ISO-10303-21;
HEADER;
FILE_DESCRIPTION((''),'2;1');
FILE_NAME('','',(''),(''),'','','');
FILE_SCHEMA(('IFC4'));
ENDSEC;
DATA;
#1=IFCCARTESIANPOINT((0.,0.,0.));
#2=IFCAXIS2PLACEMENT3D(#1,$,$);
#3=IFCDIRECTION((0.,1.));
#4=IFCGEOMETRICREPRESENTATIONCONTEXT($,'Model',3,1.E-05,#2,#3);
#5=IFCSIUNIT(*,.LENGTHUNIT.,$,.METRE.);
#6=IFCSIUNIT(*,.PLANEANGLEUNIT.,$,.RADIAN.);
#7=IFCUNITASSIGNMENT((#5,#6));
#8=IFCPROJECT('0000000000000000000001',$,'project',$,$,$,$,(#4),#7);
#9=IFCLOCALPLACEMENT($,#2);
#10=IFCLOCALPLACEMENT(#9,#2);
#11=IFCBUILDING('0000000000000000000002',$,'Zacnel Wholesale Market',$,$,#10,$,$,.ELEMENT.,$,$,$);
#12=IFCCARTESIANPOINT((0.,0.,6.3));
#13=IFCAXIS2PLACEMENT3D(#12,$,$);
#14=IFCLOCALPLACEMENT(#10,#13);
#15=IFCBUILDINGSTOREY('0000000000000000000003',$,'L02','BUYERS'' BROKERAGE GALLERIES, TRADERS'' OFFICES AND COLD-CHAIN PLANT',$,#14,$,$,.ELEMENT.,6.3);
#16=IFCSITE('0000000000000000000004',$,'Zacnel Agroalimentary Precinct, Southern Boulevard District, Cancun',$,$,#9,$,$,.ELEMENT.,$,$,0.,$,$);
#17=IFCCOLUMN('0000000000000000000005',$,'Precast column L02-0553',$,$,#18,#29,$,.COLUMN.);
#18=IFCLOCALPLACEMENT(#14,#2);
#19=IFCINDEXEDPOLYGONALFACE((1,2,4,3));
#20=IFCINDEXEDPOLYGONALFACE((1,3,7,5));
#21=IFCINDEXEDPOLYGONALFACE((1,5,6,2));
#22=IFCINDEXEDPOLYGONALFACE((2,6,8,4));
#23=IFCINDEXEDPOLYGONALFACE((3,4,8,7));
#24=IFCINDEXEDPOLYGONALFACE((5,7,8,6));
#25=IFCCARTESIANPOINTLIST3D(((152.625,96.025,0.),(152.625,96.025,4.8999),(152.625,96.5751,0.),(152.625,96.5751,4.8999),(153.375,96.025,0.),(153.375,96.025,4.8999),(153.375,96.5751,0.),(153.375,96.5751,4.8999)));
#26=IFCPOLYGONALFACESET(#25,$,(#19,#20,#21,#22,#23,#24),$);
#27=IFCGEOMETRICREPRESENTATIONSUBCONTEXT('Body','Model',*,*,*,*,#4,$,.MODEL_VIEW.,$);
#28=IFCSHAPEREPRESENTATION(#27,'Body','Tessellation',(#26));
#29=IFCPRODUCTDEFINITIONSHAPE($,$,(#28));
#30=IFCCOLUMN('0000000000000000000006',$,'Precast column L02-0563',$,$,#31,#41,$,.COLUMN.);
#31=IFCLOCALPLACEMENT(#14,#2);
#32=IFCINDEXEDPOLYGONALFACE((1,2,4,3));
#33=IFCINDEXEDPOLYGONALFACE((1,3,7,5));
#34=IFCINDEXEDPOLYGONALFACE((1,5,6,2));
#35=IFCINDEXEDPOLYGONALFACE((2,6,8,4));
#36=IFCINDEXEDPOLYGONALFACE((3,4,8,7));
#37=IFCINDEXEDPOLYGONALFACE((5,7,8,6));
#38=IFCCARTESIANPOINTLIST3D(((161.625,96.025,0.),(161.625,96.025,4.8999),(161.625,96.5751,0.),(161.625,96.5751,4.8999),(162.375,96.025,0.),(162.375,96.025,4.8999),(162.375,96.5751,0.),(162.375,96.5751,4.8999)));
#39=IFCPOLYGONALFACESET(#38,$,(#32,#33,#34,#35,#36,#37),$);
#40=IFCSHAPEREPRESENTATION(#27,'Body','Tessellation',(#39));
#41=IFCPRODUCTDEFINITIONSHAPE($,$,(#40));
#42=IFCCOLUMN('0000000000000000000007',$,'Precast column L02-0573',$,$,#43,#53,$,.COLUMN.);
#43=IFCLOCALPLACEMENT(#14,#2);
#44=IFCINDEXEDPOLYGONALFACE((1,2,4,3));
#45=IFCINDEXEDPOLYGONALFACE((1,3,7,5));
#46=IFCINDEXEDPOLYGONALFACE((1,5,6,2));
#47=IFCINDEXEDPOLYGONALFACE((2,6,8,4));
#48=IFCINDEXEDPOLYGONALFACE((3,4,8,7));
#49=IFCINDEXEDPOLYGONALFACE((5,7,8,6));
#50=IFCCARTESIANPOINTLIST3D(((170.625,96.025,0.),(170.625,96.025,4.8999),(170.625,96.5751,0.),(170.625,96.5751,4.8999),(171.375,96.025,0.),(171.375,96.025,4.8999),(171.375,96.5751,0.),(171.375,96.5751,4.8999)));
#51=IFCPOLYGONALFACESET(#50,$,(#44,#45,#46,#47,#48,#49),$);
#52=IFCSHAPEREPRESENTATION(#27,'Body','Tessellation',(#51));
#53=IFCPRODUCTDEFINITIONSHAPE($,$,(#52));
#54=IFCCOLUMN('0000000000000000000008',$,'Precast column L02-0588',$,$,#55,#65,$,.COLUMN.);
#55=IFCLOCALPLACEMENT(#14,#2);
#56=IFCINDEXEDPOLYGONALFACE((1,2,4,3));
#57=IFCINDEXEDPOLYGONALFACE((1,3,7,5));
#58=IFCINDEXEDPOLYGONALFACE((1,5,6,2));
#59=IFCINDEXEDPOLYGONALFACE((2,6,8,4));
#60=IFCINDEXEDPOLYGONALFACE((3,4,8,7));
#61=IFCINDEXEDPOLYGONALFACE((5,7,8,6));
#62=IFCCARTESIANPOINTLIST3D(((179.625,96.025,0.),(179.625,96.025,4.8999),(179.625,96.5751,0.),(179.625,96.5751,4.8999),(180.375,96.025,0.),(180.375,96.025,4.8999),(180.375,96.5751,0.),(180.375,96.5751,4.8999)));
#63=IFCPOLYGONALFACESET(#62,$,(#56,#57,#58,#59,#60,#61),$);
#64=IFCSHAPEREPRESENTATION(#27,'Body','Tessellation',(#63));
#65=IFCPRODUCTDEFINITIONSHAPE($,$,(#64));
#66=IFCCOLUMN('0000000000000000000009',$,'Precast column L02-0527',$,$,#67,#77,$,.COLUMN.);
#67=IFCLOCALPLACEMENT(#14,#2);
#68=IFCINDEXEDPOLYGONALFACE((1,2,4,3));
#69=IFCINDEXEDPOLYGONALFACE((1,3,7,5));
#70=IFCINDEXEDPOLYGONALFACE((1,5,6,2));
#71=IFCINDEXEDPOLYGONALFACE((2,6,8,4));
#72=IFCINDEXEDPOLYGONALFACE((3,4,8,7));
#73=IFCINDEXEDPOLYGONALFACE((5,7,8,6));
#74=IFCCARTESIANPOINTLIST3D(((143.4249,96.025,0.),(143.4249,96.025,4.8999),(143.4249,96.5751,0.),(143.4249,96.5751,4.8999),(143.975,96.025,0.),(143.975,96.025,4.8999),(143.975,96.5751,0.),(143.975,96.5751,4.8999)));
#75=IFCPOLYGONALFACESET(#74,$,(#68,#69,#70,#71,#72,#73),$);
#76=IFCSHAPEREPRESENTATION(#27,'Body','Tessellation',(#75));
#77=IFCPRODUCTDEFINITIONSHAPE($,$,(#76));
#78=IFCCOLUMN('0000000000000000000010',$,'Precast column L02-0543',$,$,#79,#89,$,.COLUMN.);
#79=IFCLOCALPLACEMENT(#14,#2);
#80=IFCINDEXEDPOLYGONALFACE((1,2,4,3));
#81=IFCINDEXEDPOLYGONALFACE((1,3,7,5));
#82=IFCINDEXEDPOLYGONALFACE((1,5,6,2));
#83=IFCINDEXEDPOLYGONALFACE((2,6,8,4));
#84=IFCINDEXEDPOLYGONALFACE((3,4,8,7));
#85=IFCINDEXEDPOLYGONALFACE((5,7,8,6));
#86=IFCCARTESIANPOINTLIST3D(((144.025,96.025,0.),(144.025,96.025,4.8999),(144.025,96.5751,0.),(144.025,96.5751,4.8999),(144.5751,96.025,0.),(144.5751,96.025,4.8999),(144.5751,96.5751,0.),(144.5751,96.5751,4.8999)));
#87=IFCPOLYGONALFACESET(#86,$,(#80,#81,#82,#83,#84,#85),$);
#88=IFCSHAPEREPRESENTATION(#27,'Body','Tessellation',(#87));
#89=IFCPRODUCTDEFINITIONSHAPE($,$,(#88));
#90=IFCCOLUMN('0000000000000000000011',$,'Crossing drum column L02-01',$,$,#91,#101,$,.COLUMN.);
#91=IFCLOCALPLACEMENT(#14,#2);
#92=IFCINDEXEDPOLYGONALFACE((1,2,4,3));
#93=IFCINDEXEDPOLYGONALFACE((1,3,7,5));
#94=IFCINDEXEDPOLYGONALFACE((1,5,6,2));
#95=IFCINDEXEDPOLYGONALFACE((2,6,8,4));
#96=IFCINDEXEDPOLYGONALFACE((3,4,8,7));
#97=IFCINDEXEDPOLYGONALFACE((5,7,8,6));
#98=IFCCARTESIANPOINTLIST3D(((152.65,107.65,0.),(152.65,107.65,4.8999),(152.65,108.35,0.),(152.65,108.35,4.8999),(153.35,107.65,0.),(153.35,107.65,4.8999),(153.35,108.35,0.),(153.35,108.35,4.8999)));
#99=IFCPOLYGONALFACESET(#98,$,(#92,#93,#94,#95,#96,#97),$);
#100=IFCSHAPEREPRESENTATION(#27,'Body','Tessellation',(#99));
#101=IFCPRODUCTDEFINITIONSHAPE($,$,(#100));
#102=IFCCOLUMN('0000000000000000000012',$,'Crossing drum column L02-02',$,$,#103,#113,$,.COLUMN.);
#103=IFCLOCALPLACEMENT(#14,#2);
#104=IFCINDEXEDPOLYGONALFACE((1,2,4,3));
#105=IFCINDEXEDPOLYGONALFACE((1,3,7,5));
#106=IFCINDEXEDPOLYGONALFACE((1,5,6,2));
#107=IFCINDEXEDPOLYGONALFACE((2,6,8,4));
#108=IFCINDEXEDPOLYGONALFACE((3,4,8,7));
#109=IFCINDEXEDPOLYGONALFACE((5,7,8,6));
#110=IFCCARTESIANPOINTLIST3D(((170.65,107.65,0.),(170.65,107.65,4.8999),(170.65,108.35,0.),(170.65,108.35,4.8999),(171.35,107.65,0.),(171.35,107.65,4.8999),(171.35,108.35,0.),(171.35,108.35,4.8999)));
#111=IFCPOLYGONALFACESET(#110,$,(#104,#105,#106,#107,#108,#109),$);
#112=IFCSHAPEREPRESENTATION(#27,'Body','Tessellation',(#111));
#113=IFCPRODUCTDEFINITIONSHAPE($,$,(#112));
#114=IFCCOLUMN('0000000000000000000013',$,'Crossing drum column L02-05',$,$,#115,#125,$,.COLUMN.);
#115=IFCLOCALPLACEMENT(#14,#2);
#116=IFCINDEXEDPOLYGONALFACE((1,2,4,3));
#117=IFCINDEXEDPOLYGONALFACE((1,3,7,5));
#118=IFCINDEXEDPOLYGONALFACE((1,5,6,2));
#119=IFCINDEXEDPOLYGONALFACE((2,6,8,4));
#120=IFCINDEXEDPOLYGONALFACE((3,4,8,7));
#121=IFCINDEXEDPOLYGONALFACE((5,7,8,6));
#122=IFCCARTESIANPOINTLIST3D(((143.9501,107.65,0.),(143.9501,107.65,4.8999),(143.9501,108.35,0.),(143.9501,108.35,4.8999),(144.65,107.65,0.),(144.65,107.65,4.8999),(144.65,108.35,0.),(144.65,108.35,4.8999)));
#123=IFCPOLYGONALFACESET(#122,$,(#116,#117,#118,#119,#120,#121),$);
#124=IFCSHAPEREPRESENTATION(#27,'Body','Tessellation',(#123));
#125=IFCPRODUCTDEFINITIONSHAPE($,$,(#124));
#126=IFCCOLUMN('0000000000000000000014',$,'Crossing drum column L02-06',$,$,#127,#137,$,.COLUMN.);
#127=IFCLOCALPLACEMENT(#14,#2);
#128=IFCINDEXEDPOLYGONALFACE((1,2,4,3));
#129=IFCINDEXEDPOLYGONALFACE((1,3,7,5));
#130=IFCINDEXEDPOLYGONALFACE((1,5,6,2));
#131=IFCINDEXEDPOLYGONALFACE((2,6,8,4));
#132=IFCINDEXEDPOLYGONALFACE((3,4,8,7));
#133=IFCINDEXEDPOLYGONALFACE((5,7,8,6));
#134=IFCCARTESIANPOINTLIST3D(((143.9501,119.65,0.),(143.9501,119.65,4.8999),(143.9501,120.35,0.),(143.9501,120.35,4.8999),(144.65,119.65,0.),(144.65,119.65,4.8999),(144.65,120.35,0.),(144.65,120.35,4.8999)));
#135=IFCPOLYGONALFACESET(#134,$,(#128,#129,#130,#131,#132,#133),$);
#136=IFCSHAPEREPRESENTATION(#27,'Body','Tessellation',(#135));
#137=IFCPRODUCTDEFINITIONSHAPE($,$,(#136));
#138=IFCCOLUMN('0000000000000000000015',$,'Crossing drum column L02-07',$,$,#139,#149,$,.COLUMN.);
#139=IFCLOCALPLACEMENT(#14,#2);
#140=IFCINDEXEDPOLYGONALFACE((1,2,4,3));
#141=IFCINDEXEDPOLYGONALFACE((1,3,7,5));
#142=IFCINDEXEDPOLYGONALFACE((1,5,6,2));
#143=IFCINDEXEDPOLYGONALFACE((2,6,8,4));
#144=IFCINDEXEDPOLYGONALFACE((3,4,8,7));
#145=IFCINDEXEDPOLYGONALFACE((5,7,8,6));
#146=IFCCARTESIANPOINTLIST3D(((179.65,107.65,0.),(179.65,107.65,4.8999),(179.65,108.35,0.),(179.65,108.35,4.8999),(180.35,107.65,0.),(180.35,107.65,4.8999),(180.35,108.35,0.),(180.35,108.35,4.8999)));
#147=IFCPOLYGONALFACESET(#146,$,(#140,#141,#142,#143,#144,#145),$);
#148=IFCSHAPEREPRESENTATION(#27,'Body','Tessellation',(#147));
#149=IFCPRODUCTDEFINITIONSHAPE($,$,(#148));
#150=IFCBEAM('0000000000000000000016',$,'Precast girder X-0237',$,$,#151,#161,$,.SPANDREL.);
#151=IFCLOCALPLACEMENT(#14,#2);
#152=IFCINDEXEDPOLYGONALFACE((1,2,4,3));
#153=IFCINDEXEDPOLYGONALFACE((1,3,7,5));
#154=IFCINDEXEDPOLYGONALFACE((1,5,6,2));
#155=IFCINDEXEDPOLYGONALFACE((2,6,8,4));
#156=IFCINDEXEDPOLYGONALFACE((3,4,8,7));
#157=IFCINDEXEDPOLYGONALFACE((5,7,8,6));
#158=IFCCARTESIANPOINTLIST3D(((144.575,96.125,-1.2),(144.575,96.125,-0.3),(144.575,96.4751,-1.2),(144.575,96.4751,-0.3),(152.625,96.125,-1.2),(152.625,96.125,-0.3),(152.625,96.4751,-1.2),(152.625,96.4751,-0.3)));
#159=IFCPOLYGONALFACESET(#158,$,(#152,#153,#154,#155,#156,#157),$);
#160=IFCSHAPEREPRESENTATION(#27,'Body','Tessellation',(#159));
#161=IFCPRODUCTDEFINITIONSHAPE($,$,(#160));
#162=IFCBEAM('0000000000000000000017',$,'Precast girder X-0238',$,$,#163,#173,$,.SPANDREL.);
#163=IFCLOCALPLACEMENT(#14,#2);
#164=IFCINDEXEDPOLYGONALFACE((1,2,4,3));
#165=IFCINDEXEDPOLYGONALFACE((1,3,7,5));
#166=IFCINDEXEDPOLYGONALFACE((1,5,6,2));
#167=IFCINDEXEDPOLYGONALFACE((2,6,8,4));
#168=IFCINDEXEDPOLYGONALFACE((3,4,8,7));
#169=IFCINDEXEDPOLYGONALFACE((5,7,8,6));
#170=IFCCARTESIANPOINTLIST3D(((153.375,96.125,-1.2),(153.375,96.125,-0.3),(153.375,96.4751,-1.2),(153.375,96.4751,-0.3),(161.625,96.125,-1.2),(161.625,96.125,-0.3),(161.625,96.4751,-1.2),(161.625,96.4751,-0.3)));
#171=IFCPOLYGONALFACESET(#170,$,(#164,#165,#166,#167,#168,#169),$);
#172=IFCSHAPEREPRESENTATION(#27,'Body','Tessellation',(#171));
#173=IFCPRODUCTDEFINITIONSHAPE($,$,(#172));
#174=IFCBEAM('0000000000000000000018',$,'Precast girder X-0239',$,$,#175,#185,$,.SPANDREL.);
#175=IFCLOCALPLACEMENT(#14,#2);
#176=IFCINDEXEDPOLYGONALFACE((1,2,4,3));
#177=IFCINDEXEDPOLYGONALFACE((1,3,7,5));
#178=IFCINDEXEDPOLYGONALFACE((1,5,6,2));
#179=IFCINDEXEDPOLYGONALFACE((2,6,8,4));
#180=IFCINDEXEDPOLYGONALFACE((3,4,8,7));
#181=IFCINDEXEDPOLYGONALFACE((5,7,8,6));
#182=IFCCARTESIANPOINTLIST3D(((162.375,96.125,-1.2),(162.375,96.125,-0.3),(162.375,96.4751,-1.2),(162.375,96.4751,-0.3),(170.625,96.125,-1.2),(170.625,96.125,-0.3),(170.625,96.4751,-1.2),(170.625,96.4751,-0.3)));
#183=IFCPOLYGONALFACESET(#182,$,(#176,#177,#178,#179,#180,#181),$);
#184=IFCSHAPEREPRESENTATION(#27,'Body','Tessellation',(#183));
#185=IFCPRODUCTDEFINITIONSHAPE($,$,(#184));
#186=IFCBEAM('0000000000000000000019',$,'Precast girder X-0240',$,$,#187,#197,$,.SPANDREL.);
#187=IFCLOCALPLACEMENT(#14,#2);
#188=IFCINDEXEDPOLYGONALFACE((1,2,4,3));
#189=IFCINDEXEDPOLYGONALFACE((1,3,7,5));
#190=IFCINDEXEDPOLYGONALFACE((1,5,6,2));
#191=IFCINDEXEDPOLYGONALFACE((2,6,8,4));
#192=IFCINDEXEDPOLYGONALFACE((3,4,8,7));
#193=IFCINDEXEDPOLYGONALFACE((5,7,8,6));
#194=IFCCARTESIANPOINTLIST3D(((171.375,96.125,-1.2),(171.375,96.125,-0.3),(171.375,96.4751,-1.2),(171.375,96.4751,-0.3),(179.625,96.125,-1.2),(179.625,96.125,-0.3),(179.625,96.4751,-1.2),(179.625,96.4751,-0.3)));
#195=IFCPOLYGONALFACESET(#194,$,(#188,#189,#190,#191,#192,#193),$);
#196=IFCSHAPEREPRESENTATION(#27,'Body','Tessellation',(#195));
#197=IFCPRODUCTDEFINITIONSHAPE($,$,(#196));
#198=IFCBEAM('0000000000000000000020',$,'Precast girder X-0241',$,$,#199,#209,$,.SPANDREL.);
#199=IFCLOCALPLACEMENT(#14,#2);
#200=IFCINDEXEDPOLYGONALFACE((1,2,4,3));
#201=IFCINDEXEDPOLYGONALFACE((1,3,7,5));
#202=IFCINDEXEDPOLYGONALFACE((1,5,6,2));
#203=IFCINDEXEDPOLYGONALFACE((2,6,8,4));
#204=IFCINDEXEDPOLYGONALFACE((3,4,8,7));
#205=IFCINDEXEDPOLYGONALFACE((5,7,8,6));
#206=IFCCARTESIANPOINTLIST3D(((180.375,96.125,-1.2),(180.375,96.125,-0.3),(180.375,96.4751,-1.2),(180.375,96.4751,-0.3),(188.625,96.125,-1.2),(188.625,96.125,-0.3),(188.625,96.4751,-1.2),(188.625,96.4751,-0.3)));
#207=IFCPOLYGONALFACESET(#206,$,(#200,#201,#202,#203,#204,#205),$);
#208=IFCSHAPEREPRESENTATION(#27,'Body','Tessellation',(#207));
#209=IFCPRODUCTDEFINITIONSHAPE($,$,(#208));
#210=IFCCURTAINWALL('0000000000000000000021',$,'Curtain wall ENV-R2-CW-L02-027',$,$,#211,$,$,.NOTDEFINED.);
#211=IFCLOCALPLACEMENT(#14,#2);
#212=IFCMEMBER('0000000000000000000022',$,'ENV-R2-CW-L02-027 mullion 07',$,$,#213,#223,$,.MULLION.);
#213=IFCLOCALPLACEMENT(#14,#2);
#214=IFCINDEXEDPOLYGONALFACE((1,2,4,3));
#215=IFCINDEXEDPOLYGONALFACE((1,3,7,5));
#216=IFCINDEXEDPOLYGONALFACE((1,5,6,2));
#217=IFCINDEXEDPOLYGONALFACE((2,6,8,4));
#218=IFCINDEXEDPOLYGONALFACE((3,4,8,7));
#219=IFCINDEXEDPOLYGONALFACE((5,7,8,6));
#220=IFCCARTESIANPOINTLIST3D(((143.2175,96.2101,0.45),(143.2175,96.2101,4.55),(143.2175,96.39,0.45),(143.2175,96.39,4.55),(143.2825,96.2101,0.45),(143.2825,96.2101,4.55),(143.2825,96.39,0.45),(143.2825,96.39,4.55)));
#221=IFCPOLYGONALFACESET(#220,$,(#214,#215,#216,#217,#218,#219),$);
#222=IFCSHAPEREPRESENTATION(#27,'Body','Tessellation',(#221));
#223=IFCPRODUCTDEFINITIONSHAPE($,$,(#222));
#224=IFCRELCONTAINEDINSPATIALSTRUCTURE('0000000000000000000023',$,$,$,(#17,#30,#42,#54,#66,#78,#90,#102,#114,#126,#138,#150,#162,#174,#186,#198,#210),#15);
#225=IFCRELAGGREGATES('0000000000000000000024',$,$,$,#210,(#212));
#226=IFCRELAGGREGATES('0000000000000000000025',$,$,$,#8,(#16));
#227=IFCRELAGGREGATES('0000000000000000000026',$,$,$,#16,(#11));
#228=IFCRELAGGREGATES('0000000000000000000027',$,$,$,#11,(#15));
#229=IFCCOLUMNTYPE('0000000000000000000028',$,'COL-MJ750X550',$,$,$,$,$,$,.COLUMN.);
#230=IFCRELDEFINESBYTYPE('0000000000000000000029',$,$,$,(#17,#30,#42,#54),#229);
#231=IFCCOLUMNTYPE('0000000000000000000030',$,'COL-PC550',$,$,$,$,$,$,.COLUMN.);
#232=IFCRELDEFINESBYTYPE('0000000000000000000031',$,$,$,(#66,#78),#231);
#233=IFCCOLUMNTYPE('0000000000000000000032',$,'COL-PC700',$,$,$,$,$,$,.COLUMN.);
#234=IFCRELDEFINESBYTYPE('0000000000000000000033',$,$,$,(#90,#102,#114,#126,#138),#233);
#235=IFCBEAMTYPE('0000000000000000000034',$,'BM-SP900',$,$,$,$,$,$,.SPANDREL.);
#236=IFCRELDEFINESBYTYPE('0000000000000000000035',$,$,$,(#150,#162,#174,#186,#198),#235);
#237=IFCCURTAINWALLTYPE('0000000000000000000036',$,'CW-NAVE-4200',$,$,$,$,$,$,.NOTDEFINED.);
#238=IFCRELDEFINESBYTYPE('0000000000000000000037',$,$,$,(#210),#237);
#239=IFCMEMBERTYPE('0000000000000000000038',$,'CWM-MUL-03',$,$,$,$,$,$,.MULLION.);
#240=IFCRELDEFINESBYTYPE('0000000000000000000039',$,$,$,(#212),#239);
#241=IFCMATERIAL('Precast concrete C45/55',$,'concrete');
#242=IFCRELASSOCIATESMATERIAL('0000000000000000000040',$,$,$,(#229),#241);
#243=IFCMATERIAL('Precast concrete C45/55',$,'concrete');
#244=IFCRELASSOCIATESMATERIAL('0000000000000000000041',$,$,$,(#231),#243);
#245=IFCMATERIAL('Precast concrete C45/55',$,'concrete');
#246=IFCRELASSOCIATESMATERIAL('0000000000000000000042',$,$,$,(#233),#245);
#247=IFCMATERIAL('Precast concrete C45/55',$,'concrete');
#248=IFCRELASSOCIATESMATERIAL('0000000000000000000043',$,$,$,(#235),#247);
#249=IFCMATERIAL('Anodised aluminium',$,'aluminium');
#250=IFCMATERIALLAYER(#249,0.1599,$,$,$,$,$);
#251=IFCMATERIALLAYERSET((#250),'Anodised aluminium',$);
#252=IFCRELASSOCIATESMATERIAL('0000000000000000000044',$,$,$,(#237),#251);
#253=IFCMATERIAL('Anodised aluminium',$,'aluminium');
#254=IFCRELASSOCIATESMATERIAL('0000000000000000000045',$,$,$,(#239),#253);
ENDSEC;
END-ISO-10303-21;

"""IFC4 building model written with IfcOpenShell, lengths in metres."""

from ifc_helpers import new_model, si_unit, direction, frame, origin, origin_2d, place, context, subcontext, project, spatial, rectangle, extrude, material, layer, layer_set, material_profile, profile_set, type_object, element, aggregate, save


model = new_model("IFC4")

# Units and contexts
model_context = context("Model", 3, precision=1e-05, world=origin(), true_north=direction((0.0, 1.0)))
body_context = subcontext(model_context, "Body", "Model", "MODEL_VIEW")
ifc_project = project(units=[si_unit("LENGTHUNIT", "METRE"), si_unit("PLANEANGLEUNIT", "RADIAN")], contexts=[model_context])

# Site, building, storey
site_placement = place(None, origin())
site = spatial("IfcSite", under=ifc_project, at=site_placement, Name="Zacnel Agroalimentary Precinct, Southern Boulevard District, Cancun", CompositionType="ELEMENT", RefElevation=0.0)
building_placement = place(site_placement, origin())
building = spatial("IfcBuilding", under=site, at=building_placement, Name="Zacnel Wholesale Market", CompositionType="ELEMENT")
storey_placement = place(building_placement, frame((0.0, 0.0, 6.3)))
storey = spatial("IfcBuildingStorey", under=building, at=storey_placement, Name="L02", Description="BUYERS' BROKERAGE GALLERIES, TRADERS' OFFICES AND COLD-CHAIN PLANT", CompositionType="ELEMENT", Elevation=6.3)

# Columns
ifc_material_1 = material(Name="Precast concrete C45/55", Category="concrete")
ifc_material_profile_1 = material_profile(ifc_material_1, rectangle(XDim=0.75, YDim=0.55, at=origin_2d()), Name="PC 750x550")
ifc_profile_set_1 = profile_set([ifc_material_profile_1], Name="Precast concrete C45/55")
column_type_1 = type_object("IfcColumnType", Name="COL-MJ750X550", PredefinedType="COLUMN", material=ifc_profile_set_1)
for number, where, z_axis, x_axis, name in (
    (1, (153.0, 96.3, 0.0), (0.0, 0.0, 1.0), (1.0, 0.0, 0.0), "Precast column L02-0553"),
    (2, (162.0, 96.3, 0.0), (0.0, 0.0, 1.0), (1.0, 0.0, 0.0), "Precast column L02-0563"),
    (3, (171.0, 96.3, 0.0), (0.0, 0.0, 1.0), (1.0, 0.0, 0.0), "Precast column L02-0573"),
    (4, (180.0, 96.3, 0.0), (0.0, 0.0, 1.0), (1.0, 0.0, 0.0), "Precast column L02-0588"),
):
    element("IfcColumn", number, at=place(storey_placement, frame(where, z_axis=z_axis, x_axis=x_axis)), inside=storey, type_object=column_type_1, Name=name, PredefinedType="COLUMN", context=body_context, shape_type="SweptSolid", body=[
        extrude(rectangle(XDim=0.75, YDim=0.55, at=origin_2d()), origin(), (0.0, 0.0, 1.0), 4.8999),
    ])
ifc_material_2 = material(Name="Precast concrete C45/55", Category="concrete")
ifc_material_profile_2 = material_profile(ifc_material_2, rectangle(XDim=0.55, YDim=0.55, at=origin_2d()), Name="PC 550x550")
ifc_profile_set_2 = profile_set([ifc_material_profile_2], Name="Precast concrete C45/55")
column_type_2 = type_object("IfcColumnType", Name="COL-PC550", PredefinedType="COLUMN", material=ifc_profile_set_2)
for number, where, z_axis, x_axis, name in (
    (5, (143.7, 96.3, 0.0), (0.0, 0.0, 1.0), (1.0, 0.0, 0.0), "Precast column L02-0527"),
    (6, (144.3, 96.3, 0.0), (0.0, 0.0, 1.0), (1.0, 0.0, 0.0), "Precast column L02-0543"),
):
    element("IfcColumn", number, at=place(storey_placement, frame(where, z_axis=z_axis, x_axis=x_axis)), inside=storey, type_object=column_type_2, Name=name, PredefinedType="COLUMN", context=body_context, shape_type="SweptSolid", body=[
        extrude(rectangle(XDim=0.55, YDim=0.55, at=origin_2d()), origin(), (0.0, 0.0, 1.0), 4.8999),
    ])
ifc_material_3 = material(Name="Precast concrete C45/55", Category="concrete")
ifc_material_profile_3 = material_profile(ifc_material_3, rectangle(XDim=0.7, YDim=0.7, at=origin_2d()), Name="PC 700x700")
ifc_profile_set_3 = profile_set([ifc_material_profile_3], Name="Precast concrete C45/55")
column_type_3 = type_object("IfcColumnType", Name="COL-PC700", PredefinedType="COLUMN", material=ifc_profile_set_3)
for number, where, z_axis, x_axis, name in (
    (7, (153.0, 108.0, 0.0), (0.0, 0.0, 1.0), (1.0, 0.0, 0.0), "Crossing drum column L02-01"),
    (8, (171.0, 108.0, 0.0), (0.0, 0.0, 1.0), (1.0, 0.0, 0.0), "Crossing drum column L02-02"),
    (9, (144.3, 108.0, 0.0), (0.0, 0.0, 1.0), (1.0, 0.0, 0.0), "Crossing drum column L02-05"),
    (10, (144.3, 120.0, 0.0), (0.0, 0.0, 1.0), (1.0, 0.0, 0.0), "Crossing drum column L02-06"),
    (11, (180.0, 108.0, 0.0), (0.0, 0.0, 1.0), (1.0, 0.0, 0.0), "Crossing drum column L02-07"),
):
    element("IfcColumn", number, at=place(storey_placement, frame(where, z_axis=z_axis, x_axis=x_axis)), inside=storey, type_object=column_type_3, Name=name, PredefinedType="COLUMN", context=body_context, shape_type="SweptSolid", body=[
        extrude(rectangle(XDim=0.7, YDim=0.7, at=origin_2d()), origin(), (0.0, 0.0, 1.0), 4.8999),
    ])

# Beams
ifc_material_4 = material(Name="Precast concrete C45/55", Category="concrete")
ifc_material_profile_4 = material_profile(ifc_material_4, rectangle(XDim=0.3501, YDim=0.8999, at=origin_2d()), Name="SP 350x900")
ifc_profile_set_4 = profile_set([ifc_material_profile_4], Name="Precast concrete C45/55")
beam_type = type_object("IfcBeamType", Name="BM-SP900", PredefinedType="SPANDREL", material=ifc_profile_set_4)
beam_placement = place(storey_placement, frame((144.575, 96.3, -0.75), z_axis=(1.0, 0.0, 0.0), x_axis=(0.0, 1.0, 0.0)))
element("IfcBeam", 12, at=beam_placement, inside=storey, type_object=beam_type, Name="Precast girder X-0237", PredefinedType="SPANDREL", context=body_context, shape_type="SweptSolid", body=[
    extrude(rectangle(XDim=0.3501, YDim=0.8999, at=origin_2d()), origin(), (0.0, 0.0, 1.0), 8.05),
])
for number, where, z_axis, x_axis, name in (
    (13, (153.375, 96.3, -0.75), (1.0, 0.0, 0.0), (0.0, 1.0, 0.0), "Precast girder X-0238"),
    (14, (162.375, 96.3, -0.75), (1.0, 0.0, 0.0), (0.0, 1.0, 0.0), "Precast girder X-0239"),
    (15, (171.375, 96.3, -0.75), (1.0, 0.0, 0.0), (0.0, 1.0, 0.0), "Precast girder X-0240"),
    (16, (180.375, 96.3, -0.75), (1.0, 0.0, 0.0), (0.0, 1.0, 0.0), "Precast girder X-0241"),
):
    element("IfcBeam", number, at=place(storey_placement, frame(where, z_axis=z_axis, x_axis=x_axis)), inside=storey, type_object=beam_type, Name=name, PredefinedType="SPANDREL", context=body_context, shape_type="SweptSolid", body=[
        extrude(rectangle(XDim=0.3501, YDim=0.8999, at=origin_2d()), origin(), (0.0, 0.0, 1.0), 8.25),
    ])

# Curtain wall, member
ifc_material_5 = material(Name="Anodised aluminium", Category="aluminium")
ifc_layer_1 = layer(ifc_material_5, 0.1599)
ifc_layer_set_1 = layer_set([ifc_layer_1], Name="Anodised aluminium")
curtain_wall_type = type_object("IfcCurtainWallType", Name="CW-NAVE-4200", PredefinedType="NOTDEFINED", material=ifc_layer_set_1)
curtain_wall_1_placement = place(storey_placement, origin())
curtain_wall_1 = element("IfcCurtainWall", 17, at=curtain_wall_1_placement, inside=storey, type_object=curtain_wall_type, Name="Curtain wall ENV-R2-CW-L02-027", PredefinedType="NOTDEFINED")
ifc_material_6 = material(Name="Anodised aluminium", Category="aluminium")
ifc_material_profile_5 = material_profile(ifc_material_6, rectangle(XDim=0.0649, YDim=0.1799, at=origin_2d()), Name="AW-MULLION 65x180")
ifc_profile_set_5 = profile_set([ifc_material_profile_5], Name="Anodised aluminium")
member_type_1 = type_object("IfcMemberType", Name="CWM-MUL-03", PredefinedType="MULLION", material=ifc_profile_set_5)
member_1_placement = place(storey_placement, frame((143.25, 96.3, 0.45), z_axis=(0.0, 0.0, 1.0), x_axis=(1.0, 0.0, 0.0)))
member_1 = element("IfcMember", 18, at=member_1_placement, type_object=member_type_1, Name="ENV-R2-CW-L02-027 mullion 07", PredefinedType="MULLION", context=body_context, shape_type="SweptSolid", body=[
    extrude(rectangle(XDim=0.0649, YDim=0.1799, at=origin_2d()), origin(), (0.0, 0.0, 1.0), 4.1001),
])

aggregate(curtain_wall_1, [member_1])

save(model, "model.ifc")
